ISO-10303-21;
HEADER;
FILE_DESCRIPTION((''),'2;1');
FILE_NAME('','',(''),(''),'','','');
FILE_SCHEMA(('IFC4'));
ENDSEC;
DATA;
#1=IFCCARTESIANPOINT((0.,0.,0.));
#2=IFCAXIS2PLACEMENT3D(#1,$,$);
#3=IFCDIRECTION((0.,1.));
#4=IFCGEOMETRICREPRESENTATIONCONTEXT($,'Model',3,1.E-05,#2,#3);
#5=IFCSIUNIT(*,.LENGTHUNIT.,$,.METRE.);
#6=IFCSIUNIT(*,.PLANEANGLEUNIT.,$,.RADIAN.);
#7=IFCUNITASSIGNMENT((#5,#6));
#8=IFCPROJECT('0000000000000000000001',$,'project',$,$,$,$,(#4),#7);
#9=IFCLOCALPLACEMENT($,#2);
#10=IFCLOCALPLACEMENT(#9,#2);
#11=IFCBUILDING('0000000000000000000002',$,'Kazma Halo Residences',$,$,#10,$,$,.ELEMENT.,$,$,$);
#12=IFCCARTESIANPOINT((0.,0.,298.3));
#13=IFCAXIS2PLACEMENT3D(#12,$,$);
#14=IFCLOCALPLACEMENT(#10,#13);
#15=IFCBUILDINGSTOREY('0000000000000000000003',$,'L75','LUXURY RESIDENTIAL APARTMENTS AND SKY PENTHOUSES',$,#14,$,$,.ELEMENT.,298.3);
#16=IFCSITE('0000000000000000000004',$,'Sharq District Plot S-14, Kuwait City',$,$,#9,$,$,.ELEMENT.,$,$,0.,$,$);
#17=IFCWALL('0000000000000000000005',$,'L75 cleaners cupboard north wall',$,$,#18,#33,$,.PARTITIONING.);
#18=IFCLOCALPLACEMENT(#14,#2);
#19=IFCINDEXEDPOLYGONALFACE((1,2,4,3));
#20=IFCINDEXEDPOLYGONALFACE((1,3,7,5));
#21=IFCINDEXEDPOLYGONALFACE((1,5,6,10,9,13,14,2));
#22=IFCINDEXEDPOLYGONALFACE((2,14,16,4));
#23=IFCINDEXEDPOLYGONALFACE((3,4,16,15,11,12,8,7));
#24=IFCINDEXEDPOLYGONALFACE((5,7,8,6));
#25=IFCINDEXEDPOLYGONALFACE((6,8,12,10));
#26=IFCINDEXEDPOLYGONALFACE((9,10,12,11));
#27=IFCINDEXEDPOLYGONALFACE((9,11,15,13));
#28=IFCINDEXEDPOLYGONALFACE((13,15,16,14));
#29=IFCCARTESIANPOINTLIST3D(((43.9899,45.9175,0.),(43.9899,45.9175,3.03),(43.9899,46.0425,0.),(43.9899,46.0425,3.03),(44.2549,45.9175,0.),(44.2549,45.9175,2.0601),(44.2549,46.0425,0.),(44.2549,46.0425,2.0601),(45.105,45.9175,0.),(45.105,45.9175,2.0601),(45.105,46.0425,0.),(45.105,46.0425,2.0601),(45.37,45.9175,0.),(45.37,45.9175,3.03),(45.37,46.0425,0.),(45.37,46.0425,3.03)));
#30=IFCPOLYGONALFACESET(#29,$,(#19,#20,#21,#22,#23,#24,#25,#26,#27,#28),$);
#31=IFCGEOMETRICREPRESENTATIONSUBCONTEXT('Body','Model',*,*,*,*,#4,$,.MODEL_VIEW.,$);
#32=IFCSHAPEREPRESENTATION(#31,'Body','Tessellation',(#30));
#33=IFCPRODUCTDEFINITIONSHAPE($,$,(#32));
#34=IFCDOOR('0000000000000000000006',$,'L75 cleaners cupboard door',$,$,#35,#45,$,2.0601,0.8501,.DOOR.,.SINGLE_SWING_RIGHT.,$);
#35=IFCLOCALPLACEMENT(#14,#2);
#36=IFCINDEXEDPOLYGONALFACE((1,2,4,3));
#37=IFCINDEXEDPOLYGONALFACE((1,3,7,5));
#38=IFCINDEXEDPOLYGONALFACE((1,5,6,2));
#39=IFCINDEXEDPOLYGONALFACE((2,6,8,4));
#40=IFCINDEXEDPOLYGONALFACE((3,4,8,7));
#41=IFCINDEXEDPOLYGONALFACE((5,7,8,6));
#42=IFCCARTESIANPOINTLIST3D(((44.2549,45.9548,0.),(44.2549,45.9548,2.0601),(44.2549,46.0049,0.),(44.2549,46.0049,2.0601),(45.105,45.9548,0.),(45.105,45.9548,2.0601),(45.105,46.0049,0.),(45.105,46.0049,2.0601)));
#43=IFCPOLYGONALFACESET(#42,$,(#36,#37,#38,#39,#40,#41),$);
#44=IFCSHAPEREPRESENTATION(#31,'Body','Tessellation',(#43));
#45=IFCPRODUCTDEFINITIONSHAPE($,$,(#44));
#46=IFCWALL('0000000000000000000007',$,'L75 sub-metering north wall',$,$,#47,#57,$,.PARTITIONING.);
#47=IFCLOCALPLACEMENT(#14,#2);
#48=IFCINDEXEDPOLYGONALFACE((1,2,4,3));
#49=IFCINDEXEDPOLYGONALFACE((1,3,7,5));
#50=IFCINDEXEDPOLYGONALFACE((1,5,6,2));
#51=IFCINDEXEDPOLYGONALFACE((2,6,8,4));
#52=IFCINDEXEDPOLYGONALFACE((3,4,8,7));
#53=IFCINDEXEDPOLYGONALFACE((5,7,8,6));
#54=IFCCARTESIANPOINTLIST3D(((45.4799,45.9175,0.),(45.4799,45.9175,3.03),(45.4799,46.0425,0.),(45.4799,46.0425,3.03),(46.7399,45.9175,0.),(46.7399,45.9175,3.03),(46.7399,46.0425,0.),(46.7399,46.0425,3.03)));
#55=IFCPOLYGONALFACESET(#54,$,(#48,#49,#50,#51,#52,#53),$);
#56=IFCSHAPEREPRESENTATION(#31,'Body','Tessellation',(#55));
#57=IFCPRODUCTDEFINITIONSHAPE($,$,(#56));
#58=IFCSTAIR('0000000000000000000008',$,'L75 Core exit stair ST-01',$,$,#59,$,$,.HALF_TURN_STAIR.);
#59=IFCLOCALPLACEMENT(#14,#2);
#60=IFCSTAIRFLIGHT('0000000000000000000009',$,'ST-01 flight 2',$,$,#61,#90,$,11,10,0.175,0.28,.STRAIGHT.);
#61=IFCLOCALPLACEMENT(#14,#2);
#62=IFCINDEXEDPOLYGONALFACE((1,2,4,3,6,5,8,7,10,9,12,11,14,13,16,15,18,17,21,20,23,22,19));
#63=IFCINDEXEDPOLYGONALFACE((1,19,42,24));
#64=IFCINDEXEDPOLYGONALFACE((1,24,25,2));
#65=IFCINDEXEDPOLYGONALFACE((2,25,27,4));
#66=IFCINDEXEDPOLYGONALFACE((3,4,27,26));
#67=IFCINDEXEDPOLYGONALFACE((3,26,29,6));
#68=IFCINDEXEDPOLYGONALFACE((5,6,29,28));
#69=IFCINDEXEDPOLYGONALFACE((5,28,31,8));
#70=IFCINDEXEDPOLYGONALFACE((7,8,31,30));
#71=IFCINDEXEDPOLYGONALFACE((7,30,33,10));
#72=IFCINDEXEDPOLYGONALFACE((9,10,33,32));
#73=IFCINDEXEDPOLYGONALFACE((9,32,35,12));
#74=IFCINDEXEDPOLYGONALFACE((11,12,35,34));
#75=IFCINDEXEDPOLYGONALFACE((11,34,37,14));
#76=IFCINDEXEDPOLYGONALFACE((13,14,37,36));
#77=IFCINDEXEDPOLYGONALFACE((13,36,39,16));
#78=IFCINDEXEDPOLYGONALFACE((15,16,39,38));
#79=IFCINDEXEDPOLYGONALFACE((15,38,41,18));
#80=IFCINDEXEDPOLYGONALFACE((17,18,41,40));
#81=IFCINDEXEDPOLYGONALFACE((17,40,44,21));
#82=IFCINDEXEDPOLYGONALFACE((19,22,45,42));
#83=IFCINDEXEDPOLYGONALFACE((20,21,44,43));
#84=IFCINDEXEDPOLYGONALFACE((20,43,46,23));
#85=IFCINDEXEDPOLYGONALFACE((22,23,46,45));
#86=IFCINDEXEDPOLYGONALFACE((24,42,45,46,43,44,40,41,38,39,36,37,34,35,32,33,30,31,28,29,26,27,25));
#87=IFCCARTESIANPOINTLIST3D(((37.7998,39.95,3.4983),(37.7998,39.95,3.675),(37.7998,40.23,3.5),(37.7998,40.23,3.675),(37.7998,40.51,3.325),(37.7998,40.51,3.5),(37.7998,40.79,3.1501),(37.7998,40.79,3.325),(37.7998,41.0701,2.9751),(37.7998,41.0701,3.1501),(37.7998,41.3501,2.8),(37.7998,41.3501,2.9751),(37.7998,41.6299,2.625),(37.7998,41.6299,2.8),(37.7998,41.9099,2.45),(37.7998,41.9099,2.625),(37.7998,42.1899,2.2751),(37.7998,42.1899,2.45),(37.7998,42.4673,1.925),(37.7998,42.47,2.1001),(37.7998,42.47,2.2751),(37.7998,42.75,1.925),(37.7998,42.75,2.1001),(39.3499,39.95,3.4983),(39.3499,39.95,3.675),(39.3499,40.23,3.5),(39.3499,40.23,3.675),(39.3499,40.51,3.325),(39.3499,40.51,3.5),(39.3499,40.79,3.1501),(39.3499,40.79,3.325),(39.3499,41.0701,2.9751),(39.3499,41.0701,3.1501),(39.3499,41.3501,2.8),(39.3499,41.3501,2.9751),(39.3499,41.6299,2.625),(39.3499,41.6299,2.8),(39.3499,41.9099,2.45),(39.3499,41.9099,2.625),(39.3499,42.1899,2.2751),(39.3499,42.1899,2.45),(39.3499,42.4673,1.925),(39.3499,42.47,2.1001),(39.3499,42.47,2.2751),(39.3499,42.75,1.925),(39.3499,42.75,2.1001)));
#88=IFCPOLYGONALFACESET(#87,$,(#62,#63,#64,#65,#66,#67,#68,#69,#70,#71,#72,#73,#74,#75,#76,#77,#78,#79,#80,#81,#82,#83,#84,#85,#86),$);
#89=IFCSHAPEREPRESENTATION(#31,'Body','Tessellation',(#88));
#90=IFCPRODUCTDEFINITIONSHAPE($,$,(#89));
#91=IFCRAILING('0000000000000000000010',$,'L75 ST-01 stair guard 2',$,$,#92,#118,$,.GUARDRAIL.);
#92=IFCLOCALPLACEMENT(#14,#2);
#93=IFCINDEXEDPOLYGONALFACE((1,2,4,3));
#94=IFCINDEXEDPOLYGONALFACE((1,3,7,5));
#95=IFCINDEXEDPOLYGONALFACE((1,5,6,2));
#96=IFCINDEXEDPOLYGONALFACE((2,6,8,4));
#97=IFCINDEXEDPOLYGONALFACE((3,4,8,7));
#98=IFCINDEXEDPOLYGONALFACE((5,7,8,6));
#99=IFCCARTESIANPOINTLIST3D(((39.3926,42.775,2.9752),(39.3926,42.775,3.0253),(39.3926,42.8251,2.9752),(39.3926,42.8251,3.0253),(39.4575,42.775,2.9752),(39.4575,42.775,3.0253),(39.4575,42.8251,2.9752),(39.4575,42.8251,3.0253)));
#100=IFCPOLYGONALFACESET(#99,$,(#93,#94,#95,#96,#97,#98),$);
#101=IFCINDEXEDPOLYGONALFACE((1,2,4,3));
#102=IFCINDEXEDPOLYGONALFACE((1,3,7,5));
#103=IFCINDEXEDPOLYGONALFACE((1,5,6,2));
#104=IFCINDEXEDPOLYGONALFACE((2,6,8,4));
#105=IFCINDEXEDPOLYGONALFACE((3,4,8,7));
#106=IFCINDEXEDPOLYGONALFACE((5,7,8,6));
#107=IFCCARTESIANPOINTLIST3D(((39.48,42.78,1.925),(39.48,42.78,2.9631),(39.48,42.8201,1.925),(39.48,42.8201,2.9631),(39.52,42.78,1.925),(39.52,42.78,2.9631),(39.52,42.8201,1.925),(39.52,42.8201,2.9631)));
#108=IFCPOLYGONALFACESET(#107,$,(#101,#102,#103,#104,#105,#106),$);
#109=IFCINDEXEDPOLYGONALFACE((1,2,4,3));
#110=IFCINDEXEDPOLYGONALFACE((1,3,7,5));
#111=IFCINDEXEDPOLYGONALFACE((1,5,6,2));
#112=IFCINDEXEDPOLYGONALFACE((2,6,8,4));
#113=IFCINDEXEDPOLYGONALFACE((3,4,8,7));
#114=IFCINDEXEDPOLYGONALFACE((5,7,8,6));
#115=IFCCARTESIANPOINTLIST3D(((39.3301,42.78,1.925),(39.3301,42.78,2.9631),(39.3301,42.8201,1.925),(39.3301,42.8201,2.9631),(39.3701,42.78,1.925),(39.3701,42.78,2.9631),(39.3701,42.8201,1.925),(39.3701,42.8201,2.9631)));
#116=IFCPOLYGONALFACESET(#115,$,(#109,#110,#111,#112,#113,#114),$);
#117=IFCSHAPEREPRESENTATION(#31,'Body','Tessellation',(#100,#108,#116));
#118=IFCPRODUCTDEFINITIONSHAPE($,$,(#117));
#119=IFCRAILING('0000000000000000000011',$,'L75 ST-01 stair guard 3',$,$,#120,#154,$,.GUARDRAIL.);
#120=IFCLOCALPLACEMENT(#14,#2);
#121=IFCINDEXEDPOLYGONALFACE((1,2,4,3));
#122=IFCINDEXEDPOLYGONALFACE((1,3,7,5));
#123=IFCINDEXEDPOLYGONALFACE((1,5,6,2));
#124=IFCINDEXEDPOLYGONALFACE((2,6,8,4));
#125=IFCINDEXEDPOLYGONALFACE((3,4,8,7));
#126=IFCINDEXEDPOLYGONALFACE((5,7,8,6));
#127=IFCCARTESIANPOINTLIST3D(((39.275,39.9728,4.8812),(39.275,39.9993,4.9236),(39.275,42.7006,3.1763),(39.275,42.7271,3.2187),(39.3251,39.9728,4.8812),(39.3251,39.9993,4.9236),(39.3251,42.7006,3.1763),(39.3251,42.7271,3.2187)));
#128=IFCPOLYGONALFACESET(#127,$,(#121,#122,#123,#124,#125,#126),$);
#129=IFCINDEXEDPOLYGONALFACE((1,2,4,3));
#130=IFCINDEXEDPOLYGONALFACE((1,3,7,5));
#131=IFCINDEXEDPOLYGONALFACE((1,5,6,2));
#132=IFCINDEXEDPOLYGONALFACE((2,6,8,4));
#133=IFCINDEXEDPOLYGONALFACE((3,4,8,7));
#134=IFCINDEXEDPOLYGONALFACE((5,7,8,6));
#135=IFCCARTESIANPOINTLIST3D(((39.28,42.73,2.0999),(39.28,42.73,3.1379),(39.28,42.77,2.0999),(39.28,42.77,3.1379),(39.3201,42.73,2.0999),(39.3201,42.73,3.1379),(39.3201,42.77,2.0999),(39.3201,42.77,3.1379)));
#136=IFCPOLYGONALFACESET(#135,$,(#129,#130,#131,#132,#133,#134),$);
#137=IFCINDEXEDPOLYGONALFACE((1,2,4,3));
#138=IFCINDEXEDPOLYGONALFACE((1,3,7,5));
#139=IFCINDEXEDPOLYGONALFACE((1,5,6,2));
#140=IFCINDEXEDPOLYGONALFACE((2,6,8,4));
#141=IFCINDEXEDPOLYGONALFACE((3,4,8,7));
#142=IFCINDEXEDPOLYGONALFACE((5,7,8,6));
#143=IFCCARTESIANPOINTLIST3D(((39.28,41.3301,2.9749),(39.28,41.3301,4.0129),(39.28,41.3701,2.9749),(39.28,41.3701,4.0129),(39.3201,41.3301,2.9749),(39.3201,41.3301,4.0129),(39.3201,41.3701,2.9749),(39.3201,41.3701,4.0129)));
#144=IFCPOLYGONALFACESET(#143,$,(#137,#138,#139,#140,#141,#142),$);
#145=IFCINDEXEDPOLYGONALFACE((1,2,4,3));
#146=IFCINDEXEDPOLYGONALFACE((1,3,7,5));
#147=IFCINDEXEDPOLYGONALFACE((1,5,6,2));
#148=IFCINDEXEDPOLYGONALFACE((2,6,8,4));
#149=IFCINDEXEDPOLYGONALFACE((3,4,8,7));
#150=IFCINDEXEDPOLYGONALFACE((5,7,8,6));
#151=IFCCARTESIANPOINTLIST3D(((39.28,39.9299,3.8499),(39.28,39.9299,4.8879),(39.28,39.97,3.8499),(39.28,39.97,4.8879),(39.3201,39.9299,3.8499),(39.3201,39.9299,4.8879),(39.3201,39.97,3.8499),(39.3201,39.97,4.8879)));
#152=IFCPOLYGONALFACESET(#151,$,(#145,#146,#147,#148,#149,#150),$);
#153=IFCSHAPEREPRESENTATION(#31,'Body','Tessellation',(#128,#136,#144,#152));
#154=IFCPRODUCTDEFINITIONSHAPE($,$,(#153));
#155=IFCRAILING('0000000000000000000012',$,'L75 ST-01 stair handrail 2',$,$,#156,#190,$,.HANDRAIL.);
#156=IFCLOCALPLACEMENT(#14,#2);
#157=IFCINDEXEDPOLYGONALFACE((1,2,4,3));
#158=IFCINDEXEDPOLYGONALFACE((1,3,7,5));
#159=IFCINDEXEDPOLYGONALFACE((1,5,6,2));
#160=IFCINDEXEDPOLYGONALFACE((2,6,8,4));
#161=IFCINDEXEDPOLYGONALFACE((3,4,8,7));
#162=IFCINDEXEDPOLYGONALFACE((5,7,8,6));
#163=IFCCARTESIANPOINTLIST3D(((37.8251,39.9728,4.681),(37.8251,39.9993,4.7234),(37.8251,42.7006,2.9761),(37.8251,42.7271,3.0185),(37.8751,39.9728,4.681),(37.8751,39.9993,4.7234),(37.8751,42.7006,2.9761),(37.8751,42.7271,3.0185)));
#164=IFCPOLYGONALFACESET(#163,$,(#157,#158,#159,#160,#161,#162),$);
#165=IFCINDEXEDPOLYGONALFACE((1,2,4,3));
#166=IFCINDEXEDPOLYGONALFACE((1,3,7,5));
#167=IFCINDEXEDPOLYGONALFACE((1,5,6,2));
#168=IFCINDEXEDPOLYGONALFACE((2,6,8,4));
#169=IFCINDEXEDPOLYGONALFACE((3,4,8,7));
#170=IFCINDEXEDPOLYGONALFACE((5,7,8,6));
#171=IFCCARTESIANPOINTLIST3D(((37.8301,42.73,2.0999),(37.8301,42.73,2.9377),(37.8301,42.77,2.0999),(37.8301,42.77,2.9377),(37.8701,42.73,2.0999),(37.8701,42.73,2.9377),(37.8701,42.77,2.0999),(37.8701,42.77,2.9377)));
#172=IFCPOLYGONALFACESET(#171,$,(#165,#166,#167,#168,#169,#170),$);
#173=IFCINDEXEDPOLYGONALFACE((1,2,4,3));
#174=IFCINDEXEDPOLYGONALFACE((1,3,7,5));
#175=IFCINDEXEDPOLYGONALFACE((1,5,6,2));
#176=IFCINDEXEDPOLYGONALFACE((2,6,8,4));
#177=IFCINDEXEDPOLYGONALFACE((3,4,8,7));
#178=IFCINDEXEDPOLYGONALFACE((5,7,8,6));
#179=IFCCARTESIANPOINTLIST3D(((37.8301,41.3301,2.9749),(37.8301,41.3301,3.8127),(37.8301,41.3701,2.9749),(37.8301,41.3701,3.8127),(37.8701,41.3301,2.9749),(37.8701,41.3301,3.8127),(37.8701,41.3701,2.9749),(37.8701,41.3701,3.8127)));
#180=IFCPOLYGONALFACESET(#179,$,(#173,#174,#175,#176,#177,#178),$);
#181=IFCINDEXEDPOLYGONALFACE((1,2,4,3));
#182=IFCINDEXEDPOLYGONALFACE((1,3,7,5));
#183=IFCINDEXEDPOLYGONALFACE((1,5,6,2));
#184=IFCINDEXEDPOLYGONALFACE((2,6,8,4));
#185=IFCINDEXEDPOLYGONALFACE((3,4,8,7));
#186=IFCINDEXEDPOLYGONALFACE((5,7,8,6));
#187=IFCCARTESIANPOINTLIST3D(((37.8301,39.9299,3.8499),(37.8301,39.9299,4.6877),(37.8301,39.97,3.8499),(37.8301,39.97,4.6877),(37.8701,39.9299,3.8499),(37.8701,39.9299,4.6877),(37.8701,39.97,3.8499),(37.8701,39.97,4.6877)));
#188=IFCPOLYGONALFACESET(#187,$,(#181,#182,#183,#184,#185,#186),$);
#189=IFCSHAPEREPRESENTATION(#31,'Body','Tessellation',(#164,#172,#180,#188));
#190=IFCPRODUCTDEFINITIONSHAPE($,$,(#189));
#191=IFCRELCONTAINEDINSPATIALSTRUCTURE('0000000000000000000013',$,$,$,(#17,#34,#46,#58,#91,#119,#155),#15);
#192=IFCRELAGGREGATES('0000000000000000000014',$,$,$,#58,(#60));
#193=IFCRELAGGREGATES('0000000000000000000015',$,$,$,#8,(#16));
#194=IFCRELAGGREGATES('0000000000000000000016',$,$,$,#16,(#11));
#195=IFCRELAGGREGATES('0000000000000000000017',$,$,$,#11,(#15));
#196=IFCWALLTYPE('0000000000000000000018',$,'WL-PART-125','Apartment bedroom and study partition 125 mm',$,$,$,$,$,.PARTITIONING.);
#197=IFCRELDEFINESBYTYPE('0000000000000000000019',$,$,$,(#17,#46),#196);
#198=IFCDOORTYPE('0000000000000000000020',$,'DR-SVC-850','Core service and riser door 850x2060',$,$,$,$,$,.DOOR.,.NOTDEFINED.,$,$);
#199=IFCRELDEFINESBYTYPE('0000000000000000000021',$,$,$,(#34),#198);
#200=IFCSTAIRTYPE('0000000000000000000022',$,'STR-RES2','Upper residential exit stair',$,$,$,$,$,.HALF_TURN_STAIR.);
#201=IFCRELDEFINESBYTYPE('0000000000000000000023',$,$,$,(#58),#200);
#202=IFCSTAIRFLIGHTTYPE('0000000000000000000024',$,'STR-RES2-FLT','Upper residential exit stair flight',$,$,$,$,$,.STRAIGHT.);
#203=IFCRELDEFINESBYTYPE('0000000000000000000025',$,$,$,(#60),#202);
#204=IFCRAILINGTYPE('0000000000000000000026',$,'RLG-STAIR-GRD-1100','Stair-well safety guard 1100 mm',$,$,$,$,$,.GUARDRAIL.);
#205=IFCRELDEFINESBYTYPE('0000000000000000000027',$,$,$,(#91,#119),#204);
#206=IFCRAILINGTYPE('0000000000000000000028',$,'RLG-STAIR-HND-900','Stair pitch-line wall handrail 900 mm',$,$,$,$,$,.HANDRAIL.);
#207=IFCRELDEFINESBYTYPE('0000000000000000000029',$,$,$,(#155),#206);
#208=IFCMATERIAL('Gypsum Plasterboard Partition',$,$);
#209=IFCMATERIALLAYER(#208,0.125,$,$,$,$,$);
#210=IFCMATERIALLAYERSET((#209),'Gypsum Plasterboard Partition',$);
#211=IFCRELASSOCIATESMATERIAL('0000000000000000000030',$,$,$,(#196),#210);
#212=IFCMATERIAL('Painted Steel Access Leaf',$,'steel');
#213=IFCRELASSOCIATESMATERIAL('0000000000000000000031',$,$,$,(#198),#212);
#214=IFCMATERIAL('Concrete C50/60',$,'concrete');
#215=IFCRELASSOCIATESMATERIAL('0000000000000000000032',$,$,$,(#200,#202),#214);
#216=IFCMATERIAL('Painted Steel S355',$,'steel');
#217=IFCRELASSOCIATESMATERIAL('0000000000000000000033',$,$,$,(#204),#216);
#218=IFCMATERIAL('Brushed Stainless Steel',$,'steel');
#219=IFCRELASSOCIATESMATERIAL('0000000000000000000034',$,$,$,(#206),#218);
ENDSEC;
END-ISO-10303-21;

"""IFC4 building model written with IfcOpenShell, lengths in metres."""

from ifc_helpers import new_model, si_unit, direction, frame, frame_2d, origin, origin_2d, place, context, subcontext, project, spatial, polyline, rectangle, outline, extrude, material, layer, layer_set, type_object, element, fill, aggregate, save


model = new_model("IFC4")

# Units and contexts
model_context = context("Model", 3, precision=1e-05, world=origin(), true_north=direction((0.0, 1.0)))
body_context = subcontext(model_context, "Body", "Model", "MODEL_VIEW")
ifc_project = project(units=[si_unit("LENGTHUNIT", "METRE"), si_unit("PLANEANGLEUNIT", "RADIAN")], contexts=[model_context])

# Site, building, storey
site_placement = place(None, origin())
site = spatial("IfcSite", under=ifc_project, at=site_placement, Name="Sharq District Plot S-14, Kuwait City", CompositionType="ELEMENT", RefElevation=0.0)
building_placement = place(site_placement, origin())
building = spatial("IfcBuilding", under=site, at=building_placement, Name="Kazma Halo Residences", CompositionType="ELEMENT")
storey_placement = place(building_placement, frame((0.0, 0.0, 298.3)))
storey = spatial("IfcBuildingStorey", under=building, at=storey_placement, Name="L75", Description="LUXURY RESIDENTIAL APARTMENTS AND SKY PENTHOUSES", CompositionType="ELEMENT", Elevation=298.3)

# Shared definitions
ifc_material_1 = material(Name="Gypsum Plasterboard Partition")
ifc_layer_1 = layer(ifc_material_1, 0.125)
ifc_layer_set_1 = layer_set([ifc_layer_1], Name="Gypsum Plasterboard Partition")
wall_type_1 = type_object("IfcWallType", Name="WL-PART-125", Description="Apartment bedroom and study partition 125 mm", PredefinedType="PARTITIONING", material=ifc_layer_set_1)
ifc_material_2 = material(Name="Painted Steel Access Leaf", Category="steel")
door_type_1 = type_object("IfcDoorType", Name="DR-SVC-850", Description="Core service and riser door 850x2060", OperationType="NOTDEFINED", PredefinedType="DOOR", material=ifc_material_2)

# Wall, opening, door
wall_1_placement = place(storey_placement, frame((43.99, 45.98, 0.0), z_axis=(0.0, 0.0, 1.0), x_axis=(1.0, 0.0, 0.0)))
wall_1 = element("IfcWall", 1, at=wall_1_placement, inside=storey, type_object=wall_type_1, Name="L75 cleaners cupboard north wall", PredefinedType="PARTITIONING", context=body_context, shape_type="SweptSolid", body=[
    extrude(rectangle(XDim=1.3801, YDim=0.125, at=frame_2d((0.6899, 0.0))), origin(), (0.0, 0.0, 1.0), 3.03),
])
opening_1_placement = place(wall_1_placement, frame((0.2649, 0.0, 0.0)))
opening_1 = element("IfcOpeningElement", 2, at=opening_1_placement, cuts=wall_1, PredefinedType="OPENING", context=body_context, shape_type="SweptSolid", body=[
    extrude(rectangle(XDim=0.8501, YDim=2.0601, at=frame_2d((0.425, 1.03))), frame((0.0, 0.0725, 0.0), z_axis=(0.0, -1.0, 0.0), x_axis=(1.0, 0.0, 0.0)), (0.0, 0.0, 1.0), 0.145),
])
door_1_placement = place(opening_1_placement, origin())
door_1 = element("IfcDoor", 3, at=door_1_placement, inside=storey, type_object=door_type_1, Name="L75 cleaners cupboard door", OperationType="SINGLE_SWING_RIGHT", OverallHeight=2.0601, OverallWidth=0.8501, PredefinedType="DOOR", context=body_context, shape_type="SweptSolid", body=[
    extrude(rectangle(XDim=0.8501, YDim=2.0601, at=frame_2d((0.425, 1.03))), frame((0.0, 0.0249, 0.0), z_axis=(0.0, -1.0, 0.0), x_axis=(1.0, 0.0, 0.0)), (0.0, 0.0, 1.0), 0.05),
])
fill(opening_1, door_1)

# Wall
wall_2_placement = place(storey_placement, frame((45.48, 45.98, 0.0), z_axis=(0.0, 0.0, 1.0), x_axis=(1.0, 0.0, 0.0)))
element("IfcWall", 4, at=wall_2_placement, inside=storey, type_object=wall_type_1, Name="L75 sub-metering north wall", PredefinedType="PARTITIONING", context=body_context, shape_type="SweptSolid", body=[
    extrude(rectangle(XDim=1.26, YDim=0.125, at=frame_2d((0.6299, 0.0))), origin(), (0.0, 0.0, 1.0), 3.03),
])

# Stair, stair flight
ifc_material_3 = material(Name="Concrete C50/60", Category="concrete")
stair_type = type_object("IfcStairType", Name="STR-RES2", Description="Upper residential exit stair", PredefinedType="HALF_TURN_STAIR", material=ifc_material_3)
stair_placement = place(storey_placement, origin())
stair = element("IfcStair", 5, at=stair_placement, inside=storey, type_object=stair_type, Name="L75 Core exit stair ST-01", PredefinedType="HALF_TURN_STAIR")
stair_flight_type = type_object("IfcStairFlightType", Name="STR-RES2-FLT", Description="Upper residential exit stair flight", PredefinedType="STRAIGHT", material=ifc_material_3)
stair_flight_placement = place(storey_placement, frame((38.575, 42.75, 1.925), z_axis=(0.0, 0.0, 1.0), x_axis=(0.0, -1.0, 0.0)))
stair_flight = element("IfcStairFlight", 6, at=stair_flight_placement, type_object=stair_flight_type, Name="ST-01 flight 2", NumberOfRisers=11, NumberOfTreads=10, PredefinedType="STRAIGHT", RiserHeight=0.175, TreadLength=0.28, context=body_context, shape_type="SweptSolid", body=[
    extrude(outline(polyline([(0.0, 0.0), (0.0, 0.175), (0.28, 0.175), (0.28, 0.3501), (0.5601, 0.3501), (0.5601, 0.5249), (0.8401, 0.5249), (0.8401, 0.7), (1.1201, 0.7), (1.1201, 0.875), (1.3999, 0.875), (1.3999, 1.05), (1.6799, 1.05), (1.6799, 1.2251), (1.96, 1.2251), (1.96, 1.3999), (2.24, 1.3999), (2.24, 1.575), (2.52, 1.575), (2.52, 1.75), (2.8, 1.75), (2.8, 1.925), (2.8, 1.5732), (0.2827, 0.0), (0.0, 0.0)])), frame((0.0, 0.7749, 0.0), z_axis=(0.0, -1.0, 0.0), x_axis=(1.0, 0.0, 0.0)), (0.0, 0.0, 1.0), 1.55),
])
aggregate(stair, [stair_flight])

# Railings
ifc_material_4 = material(Name="Painted Steel S355", Category="steel")
railing_type_1 = type_object("IfcRailingType", Name="RLG-STAIR-GRD-1100", Description="Stair-well safety guard 1100 mm", PredefinedType="GUARDRAIL", material=ifc_material_4)
railing_1_placement = place(storey_placement, frame((39.5, 42.8, 1.925)))
element("IfcRailing", 7, at=railing_1_placement, inside=storey, type_object=railing_type_1, Name="L75 ST-01 stair guard 2", PredefinedType="GUARDRAIL", context=body_context, shape_type="SweptSolid", body=[
    extrude(rectangle(XDim=0.05, YDim=0.05, at=origin_2d()), frame((-0.0425, 0.0, 1.0752), z_axis=(-1.0, 0.0, 0.0), x_axis=(0.0, -1.0, 0.0)), (0.0, 0.0, 1.0), 0.0649),
    extrude(rectangle(XDim=0.04, YDim=0.04, at=origin_2d()), origin(), (0.0, 0.0, 1.0), 1.0381),
    extrude(rectangle(XDim=0.04, YDim=0.04, at=origin_2d()), frame((-0.1499, 0.0, 0.0)), (0.0, 0.0, 1.0), 1.0381),
])
railing_2_placement = place(storey_placement, frame((39.3, 42.75, 2.0999)))
element("IfcRailing", 8, at=railing_2_placement, inside=storey, type_object=railing_type_1, Name="L75 ST-01 stair guard 3", PredefinedType="GUARDRAIL", context=body_context, shape_type="SweptSolid", body=[
    extrude(rectangle(XDim=0.05, YDim=0.05, at=origin_2d()), frame((0.0, -0.0361, 1.0977), z_axis=(0.0, -0.848002, 0.529992), x_axis=(1.0, 0.0, 0.0)), (0.0, 0.0, 1.0), 3.2168),
    extrude(rectangle(XDim=0.04, YDim=0.04, at=origin_2d()), origin(), (0.0, 0.0, 1.0), 1.0381),
    extrude(rectangle(XDim=0.04, YDim=0.04, at=origin_2d()), frame((0.0, -1.3999, 0.875)), (0.0, 0.0, 1.0), 1.0381),
    extrude(rectangle(XDim=0.04, YDim=0.04, at=origin_2d()), frame((0.0, -2.8, 1.75)), (0.0, 0.0, 1.0), 1.0381),
])
ifc_material_5 = material(Name="Brushed Stainless Steel", Category="steel")
railing_type_2 = type_object("IfcRailingType", Name="RLG-STAIR-HND-900", Description="Stair pitch-line wall handrail 900 mm", PredefinedType="HANDRAIL", material=ifc_material_5)
railing_3_placement = place(storey_placement, frame((37.8501, 42.75, 2.0999)))
element("IfcRailing", 9, at=railing_3_placement, inside=storey, type_object=railing_type_2, Name="L75 ST-01 stair handrail 2", PredefinedType="HANDRAIL", context=body_context, shape_type="SweptSolid", body=[
    extrude(rectangle(XDim=0.05, YDim=0.05, at=origin_2d()), frame((0.0, -0.0361, 0.8975), z_axis=(0.0, -0.848002, 0.529992), x_axis=(1.0, 0.0, 0.0)), (0.0, 0.0, 1.0), 3.2168),
    extrude(rectangle(XDim=0.04, YDim=0.04, at=origin_2d()), origin(), (0.0, 0.0, 1.0), 0.8379),
    extrude(rectangle(XDim=0.04, YDim=0.04, at=origin_2d()), frame((0.0, -1.3999, 0.875)), (0.0, 0.0, 1.0), 0.8379),
    extrude(rectangle(XDim=0.04, YDim=0.04, at=origin_2d()), frame((0.0, -2.8, 1.75)), (0.0, 0.0, 1.0), 0.8379),
])

save(model, "model.ifc")
